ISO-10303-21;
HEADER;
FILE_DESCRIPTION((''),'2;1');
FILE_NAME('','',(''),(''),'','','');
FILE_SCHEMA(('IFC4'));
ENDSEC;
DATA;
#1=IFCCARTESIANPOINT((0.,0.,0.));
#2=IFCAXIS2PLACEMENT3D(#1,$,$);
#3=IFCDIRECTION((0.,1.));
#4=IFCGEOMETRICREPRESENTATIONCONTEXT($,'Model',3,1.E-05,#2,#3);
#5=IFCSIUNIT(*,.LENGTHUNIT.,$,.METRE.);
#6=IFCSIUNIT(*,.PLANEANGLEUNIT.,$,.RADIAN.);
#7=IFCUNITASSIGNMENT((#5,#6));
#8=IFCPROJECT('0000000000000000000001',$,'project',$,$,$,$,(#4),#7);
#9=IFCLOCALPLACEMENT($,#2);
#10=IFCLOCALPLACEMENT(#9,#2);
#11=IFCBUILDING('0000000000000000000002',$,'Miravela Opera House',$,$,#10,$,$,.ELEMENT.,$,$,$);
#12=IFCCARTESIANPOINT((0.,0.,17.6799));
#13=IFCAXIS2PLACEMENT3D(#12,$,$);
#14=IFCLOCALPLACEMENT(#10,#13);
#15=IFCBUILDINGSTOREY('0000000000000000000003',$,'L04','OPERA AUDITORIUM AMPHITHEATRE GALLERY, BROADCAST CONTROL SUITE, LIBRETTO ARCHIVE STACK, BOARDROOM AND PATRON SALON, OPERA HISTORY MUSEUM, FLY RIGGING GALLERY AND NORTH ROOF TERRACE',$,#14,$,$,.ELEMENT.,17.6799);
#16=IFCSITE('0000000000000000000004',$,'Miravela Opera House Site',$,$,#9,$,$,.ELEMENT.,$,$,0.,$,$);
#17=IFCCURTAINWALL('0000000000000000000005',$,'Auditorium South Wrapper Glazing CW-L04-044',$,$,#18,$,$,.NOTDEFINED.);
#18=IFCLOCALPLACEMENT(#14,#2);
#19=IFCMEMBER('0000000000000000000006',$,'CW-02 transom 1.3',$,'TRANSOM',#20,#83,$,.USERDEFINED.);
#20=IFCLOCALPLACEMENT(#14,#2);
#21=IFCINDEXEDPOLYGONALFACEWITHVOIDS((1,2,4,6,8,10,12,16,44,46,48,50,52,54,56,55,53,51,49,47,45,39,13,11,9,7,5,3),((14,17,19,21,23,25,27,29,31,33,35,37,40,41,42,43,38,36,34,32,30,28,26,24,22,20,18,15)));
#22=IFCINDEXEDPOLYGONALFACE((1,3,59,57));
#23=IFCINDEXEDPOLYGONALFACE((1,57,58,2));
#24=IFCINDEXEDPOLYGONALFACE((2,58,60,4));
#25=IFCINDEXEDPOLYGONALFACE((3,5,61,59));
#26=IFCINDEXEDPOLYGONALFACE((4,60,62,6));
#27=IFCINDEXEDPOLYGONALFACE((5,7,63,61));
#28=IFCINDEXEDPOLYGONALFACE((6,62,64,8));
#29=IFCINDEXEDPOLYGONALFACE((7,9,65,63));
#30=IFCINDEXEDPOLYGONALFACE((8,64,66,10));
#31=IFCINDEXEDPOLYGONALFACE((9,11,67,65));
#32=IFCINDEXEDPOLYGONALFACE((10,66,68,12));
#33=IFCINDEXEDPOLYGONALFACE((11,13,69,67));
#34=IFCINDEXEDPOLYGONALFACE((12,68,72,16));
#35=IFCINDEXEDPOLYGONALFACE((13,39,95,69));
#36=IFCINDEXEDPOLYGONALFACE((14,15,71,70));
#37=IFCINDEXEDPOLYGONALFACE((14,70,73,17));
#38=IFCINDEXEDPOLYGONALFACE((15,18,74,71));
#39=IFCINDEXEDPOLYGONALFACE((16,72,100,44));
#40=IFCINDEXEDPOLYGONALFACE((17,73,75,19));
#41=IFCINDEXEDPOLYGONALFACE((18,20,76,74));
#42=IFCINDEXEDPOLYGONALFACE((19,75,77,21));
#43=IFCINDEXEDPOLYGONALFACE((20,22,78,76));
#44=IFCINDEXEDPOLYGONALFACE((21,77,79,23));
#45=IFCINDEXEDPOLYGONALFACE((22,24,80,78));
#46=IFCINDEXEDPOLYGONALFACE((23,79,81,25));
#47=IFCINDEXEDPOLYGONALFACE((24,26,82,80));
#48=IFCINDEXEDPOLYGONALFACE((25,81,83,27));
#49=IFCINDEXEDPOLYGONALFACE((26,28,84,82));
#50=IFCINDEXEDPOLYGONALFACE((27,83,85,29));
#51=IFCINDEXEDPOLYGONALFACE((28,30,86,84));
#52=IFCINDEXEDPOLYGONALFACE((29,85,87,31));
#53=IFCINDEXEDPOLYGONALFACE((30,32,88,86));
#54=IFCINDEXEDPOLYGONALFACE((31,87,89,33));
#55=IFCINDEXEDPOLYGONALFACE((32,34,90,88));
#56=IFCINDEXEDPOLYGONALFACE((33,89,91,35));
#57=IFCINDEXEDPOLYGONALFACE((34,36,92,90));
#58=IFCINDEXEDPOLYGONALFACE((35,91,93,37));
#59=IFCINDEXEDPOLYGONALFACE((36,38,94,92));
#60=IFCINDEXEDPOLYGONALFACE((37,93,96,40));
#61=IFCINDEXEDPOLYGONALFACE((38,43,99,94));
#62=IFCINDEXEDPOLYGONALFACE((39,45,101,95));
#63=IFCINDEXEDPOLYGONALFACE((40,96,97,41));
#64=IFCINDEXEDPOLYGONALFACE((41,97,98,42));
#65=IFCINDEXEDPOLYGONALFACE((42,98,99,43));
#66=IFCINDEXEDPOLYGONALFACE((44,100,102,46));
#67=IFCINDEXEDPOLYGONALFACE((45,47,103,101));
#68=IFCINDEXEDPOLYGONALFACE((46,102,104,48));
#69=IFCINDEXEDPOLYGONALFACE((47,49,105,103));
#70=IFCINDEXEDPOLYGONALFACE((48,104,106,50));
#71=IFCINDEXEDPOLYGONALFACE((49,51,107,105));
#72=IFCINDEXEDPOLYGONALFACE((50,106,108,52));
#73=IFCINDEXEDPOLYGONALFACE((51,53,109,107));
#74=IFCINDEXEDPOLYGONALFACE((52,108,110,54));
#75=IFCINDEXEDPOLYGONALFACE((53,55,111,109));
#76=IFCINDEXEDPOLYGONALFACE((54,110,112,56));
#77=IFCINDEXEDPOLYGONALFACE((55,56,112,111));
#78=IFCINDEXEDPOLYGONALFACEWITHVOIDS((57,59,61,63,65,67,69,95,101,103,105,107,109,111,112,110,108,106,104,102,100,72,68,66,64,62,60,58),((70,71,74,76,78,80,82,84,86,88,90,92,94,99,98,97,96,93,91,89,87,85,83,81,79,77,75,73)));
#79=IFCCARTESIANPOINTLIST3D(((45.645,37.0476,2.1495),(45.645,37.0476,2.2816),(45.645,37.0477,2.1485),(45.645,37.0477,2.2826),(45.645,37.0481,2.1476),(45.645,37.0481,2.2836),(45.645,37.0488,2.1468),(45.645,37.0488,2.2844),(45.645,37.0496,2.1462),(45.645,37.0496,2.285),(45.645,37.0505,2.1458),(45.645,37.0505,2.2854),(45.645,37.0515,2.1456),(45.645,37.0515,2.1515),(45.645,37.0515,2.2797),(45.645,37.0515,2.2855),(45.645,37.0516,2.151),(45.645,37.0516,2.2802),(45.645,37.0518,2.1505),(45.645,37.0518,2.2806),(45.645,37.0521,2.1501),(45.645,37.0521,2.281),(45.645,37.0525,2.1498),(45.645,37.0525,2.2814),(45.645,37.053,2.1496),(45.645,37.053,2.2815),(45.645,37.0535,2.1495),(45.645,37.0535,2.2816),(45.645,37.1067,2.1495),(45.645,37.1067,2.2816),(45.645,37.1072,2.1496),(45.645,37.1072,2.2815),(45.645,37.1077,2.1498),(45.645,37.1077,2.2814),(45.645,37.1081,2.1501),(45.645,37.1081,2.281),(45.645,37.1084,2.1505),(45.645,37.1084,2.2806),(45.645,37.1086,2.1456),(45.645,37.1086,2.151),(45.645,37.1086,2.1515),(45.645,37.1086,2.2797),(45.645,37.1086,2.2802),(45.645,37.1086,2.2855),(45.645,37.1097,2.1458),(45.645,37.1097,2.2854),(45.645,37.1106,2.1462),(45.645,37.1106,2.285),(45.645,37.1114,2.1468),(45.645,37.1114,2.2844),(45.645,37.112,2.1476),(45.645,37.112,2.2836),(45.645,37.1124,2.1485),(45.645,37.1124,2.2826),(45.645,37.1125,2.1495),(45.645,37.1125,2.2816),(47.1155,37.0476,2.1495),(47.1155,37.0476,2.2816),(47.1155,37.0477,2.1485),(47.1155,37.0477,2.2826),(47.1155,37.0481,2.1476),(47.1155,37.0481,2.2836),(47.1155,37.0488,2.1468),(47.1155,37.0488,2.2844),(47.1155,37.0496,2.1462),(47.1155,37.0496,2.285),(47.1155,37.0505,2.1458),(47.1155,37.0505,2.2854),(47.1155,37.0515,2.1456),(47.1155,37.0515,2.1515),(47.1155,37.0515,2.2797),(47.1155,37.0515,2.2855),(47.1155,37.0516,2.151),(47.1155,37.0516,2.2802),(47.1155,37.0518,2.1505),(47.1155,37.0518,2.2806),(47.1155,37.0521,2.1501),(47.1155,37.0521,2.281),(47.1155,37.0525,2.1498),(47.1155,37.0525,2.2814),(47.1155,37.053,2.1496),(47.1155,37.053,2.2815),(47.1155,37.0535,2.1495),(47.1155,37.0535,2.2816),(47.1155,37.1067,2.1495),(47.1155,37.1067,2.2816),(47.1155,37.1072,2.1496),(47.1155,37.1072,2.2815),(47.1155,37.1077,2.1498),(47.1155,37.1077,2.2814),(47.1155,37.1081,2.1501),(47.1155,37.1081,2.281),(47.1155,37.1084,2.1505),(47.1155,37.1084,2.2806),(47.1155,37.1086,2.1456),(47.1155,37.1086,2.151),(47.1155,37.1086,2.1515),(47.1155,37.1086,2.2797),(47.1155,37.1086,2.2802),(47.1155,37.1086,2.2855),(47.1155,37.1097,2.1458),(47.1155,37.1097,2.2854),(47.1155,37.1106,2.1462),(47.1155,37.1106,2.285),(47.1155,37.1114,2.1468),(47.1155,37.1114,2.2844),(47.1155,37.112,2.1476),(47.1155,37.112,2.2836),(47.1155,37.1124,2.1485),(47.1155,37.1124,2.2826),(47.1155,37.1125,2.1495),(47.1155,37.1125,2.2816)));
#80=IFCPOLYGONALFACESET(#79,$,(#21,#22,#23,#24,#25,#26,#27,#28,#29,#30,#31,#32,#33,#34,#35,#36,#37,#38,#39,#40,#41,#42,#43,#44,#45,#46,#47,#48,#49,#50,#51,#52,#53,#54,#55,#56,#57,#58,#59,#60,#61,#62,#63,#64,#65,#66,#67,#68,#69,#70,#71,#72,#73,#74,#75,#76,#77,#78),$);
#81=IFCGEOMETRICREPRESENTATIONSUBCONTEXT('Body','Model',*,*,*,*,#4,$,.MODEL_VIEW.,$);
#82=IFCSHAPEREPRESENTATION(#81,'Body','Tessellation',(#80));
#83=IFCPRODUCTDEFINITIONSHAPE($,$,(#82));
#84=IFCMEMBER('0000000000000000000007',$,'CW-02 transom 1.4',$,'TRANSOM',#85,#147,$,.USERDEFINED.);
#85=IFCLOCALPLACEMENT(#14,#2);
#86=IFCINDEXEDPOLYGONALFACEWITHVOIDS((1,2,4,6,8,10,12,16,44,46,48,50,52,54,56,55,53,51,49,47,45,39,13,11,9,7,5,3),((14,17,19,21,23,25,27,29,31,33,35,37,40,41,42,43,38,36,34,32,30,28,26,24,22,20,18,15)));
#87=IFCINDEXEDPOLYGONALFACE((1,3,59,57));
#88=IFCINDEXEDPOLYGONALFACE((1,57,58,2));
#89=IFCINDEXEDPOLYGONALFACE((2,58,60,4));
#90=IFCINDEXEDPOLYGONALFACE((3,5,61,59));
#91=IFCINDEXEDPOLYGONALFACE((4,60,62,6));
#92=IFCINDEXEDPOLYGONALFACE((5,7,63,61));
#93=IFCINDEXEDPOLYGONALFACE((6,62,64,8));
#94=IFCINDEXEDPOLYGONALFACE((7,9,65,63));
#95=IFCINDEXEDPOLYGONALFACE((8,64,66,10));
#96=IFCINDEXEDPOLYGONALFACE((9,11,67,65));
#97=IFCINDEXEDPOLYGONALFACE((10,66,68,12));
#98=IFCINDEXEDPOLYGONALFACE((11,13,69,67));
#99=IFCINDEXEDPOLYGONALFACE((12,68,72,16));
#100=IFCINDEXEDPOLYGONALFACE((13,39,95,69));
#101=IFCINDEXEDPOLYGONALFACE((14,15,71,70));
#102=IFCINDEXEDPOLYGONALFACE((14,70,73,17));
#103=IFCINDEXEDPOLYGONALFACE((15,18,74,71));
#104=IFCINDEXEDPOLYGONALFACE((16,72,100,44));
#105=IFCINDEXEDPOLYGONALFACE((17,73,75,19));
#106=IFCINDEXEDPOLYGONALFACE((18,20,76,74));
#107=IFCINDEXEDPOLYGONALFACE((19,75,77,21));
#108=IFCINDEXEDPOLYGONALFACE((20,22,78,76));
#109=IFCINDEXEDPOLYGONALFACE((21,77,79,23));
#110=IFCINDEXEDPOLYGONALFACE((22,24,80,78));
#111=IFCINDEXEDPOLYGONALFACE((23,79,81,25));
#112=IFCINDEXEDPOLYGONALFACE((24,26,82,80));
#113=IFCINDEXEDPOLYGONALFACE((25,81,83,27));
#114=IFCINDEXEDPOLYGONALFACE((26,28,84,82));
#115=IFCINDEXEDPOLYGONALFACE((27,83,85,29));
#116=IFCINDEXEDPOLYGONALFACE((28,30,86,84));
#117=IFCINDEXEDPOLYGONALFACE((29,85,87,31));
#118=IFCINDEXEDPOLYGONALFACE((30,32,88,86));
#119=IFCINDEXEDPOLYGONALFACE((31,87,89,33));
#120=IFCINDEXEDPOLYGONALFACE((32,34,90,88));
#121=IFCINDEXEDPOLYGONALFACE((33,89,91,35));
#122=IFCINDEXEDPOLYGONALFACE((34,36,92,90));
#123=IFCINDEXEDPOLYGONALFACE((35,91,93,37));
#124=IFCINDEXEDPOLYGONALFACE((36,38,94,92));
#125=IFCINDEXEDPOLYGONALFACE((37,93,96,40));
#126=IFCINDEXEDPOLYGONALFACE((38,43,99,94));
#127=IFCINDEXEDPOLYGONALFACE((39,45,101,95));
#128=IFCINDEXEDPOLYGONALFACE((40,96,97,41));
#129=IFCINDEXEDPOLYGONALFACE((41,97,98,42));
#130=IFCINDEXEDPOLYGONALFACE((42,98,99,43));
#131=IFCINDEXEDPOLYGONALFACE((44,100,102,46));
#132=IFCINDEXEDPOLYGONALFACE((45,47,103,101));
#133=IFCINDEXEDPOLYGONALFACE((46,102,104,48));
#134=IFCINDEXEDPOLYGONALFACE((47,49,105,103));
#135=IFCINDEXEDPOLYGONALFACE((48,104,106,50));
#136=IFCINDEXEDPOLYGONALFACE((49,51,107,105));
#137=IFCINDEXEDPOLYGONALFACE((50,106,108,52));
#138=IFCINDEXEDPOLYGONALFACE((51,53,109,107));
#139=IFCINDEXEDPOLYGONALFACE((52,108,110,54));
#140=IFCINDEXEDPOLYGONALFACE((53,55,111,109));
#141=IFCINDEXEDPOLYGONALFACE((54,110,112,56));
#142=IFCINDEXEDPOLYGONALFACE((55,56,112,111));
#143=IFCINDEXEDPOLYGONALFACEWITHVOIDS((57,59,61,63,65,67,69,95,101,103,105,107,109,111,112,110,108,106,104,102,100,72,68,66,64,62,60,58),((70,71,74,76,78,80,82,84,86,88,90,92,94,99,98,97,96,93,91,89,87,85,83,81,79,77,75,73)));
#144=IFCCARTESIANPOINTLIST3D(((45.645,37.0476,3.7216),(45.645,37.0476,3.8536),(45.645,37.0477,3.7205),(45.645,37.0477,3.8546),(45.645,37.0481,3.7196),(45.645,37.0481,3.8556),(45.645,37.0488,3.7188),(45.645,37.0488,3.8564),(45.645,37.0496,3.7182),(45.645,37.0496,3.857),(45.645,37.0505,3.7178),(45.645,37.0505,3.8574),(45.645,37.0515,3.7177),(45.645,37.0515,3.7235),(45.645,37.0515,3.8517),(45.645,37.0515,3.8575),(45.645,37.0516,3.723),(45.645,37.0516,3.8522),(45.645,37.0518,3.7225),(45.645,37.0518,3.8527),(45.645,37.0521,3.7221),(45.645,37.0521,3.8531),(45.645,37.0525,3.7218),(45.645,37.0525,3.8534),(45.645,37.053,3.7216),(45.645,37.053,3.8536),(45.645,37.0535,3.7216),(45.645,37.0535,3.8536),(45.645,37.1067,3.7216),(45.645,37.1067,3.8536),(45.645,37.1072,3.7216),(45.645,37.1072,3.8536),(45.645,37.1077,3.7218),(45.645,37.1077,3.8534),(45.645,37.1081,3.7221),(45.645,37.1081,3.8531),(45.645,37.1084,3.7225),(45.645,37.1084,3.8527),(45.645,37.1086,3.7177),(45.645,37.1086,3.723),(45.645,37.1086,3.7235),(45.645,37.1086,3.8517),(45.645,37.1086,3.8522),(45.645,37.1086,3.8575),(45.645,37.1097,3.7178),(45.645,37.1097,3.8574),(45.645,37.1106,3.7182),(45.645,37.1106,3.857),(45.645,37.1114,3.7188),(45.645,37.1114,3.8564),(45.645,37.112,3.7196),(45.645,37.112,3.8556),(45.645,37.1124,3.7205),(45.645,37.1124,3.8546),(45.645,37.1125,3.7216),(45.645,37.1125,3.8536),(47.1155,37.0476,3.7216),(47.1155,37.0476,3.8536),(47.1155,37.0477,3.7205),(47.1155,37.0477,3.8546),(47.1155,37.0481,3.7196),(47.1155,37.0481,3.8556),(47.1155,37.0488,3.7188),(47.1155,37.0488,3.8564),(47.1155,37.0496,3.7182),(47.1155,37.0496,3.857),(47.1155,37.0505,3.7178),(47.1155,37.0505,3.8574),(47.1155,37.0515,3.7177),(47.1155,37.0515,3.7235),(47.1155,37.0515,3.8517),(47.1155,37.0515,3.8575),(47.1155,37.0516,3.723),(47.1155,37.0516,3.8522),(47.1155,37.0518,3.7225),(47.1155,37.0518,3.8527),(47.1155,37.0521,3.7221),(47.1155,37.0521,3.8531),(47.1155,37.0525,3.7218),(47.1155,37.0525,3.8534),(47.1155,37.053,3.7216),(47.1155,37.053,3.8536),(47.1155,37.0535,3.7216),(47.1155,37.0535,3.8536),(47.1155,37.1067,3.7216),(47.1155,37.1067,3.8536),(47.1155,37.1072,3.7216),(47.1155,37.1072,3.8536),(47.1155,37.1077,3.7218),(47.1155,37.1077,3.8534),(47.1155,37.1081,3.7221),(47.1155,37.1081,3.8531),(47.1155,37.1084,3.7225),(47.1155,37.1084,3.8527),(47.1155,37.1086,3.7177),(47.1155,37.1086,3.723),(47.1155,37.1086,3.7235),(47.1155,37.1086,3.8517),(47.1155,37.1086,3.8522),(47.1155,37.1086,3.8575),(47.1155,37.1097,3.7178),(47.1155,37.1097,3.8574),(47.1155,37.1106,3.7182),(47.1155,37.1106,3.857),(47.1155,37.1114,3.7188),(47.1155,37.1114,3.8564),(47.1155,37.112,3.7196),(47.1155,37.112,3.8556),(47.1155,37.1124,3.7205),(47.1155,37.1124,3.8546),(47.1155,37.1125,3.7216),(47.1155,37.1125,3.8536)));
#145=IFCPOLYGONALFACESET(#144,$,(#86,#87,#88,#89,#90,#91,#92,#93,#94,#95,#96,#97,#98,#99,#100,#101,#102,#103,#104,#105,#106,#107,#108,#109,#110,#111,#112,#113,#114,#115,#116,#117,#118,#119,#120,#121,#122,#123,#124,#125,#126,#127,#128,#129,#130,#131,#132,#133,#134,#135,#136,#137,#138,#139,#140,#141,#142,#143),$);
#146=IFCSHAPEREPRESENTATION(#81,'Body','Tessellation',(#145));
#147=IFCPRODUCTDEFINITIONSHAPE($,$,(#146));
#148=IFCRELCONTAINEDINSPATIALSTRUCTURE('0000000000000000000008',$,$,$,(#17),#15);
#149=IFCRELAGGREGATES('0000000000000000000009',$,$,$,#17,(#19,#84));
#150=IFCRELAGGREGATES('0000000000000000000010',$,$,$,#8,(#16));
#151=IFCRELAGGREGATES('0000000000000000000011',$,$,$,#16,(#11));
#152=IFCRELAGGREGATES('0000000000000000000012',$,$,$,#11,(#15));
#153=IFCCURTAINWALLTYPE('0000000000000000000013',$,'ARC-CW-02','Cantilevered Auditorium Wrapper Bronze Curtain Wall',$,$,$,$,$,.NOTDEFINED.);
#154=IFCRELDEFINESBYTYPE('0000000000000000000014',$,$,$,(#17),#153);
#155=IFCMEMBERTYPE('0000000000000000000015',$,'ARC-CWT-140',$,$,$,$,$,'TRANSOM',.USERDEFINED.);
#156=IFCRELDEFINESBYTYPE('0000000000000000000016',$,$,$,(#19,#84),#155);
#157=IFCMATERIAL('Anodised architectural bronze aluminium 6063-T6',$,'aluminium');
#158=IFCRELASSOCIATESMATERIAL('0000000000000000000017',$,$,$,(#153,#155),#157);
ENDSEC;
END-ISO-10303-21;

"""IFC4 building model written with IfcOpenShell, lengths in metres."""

from ifc_helpers import new_model, si_unit, direction, frame, origin, origin_2d, place, context, subcontext, project, spatial, hollow_rectangle, extrude, material, material_profile, profile_set, type_object, element, aggregate, save


model = new_model("IFC4")

# Units and contexts
model_context = context("Model", 3, precision=1e-05, world=origin(), true_north=direction((0.0, 1.0)))
body_context = subcontext(model_context, "Body", "Model", "MODEL_VIEW")
ifc_project = project(units=[si_unit("LENGTHUNIT", "METRE"), si_unit("PLANEANGLEUNIT", "RADIAN")], contexts=[model_context])

# Site, building, storey
site_placement = place(None, origin())
site = spatial("IfcSite", under=ifc_project, at=site_placement, Name="Miravela Opera House Site", CompositionType="ELEMENT", RefElevation=0.0)
building_placement = place(site_placement, origin())
building = spatial("IfcBuilding", under=site, at=building_placement, Name="Miravela Opera House", CompositionType="ELEMENT")
storey_placement = place(building_placement, frame((0.0, 0.0, 17.6799)))
storey = spatial("IfcBuildingStorey", under=building, at=storey_placement, Name="L04", Description="OPERA AUDITORIUM AMPHITHEATRE GALLERY, BROADCAST CONTROL SUITE, LIBRETTO ARCHIVE STACK, BOARDROOM AND PATRON SALON, OPERA HISTORY MUSEUM, FLY RIGGING GALLERY AND NORTH ROOF TERRACE", CompositionType="ELEMENT", Elevation=17.6799)

# Curtain wall
ifc_material_1 = material(Name="Anodised architectural bronze aluminium 6063-T6", Category="aluminium")
curtain_wall_type = type_object("IfcCurtainWallType", Name="ARC-CW-02", Description="Cantilevered Auditorium Wrapper Bronze Curtain Wall", PredefinedType="NOTDEFINED", material=ifc_material_1)
curtain_wall_1_placement = place(storey_placement, origin())
curtain_wall_1 = element("IfcCurtainWall", 1, at=curtain_wall_1_placement, inside=storey, type_object=curtain_wall_type, Name="Auditorium South Wrapper Glazing CW-L04-044", PredefinedType="NOTDEFINED")

# Members
ifc_material_profile_1 = material_profile(ifc_material_1, hollow_rectangle(XDim=0.0649, YDim=0.1399, WallThickness=0.0039, InnerFilletRadius=0.002, OuterFilletRadius=0.0039, at=origin_2d()), Name="CWT-65X140")
ifc_profile_set_1 = profile_set([ifc_material_profile_1])
member_type_1 = type_object("IfcMemberType", Name="ARC-CWT-140", ElementType="TRANSOM", PredefinedType="USERDEFINED", material=ifc_profile_set_1)
member_1_placement = place(storey_placement, frame((45.645, 37.0801, 2.2156), z_axis=(1.0, 0.0, 0.0), x_axis=(0.0, 1.0, 0.0)))
member_1 = element("IfcMember", 2, at=member_1_placement, type_object=member_type_1, Name="CW-02 transom 1.3", ObjectType="TRANSOM", PredefinedType="USERDEFINED", context=body_context, shape_type="SweptSolid", body=[
    extrude(hollow_rectangle(XDim=0.0649, YDim=0.1399, WallThickness=0.0039, InnerFilletRadius=0.002, OuterFilletRadius=0.0039, at=origin_2d()), origin(), (0.0, 0.0, 1.0), 1.4705),
])
member_2_placement = place(storey_placement, frame((45.645, 37.0801, 3.7876), z_axis=(1.0, 0.0, 0.0), x_axis=(0.0, 1.0, 0.0)))
member_2 = element("IfcMember", 3, at=member_2_placement, type_object=member_type_1, Name="CW-02 transom 1.4", ObjectType="TRANSOM", PredefinedType="USERDEFINED", context=body_context, shape_type="SweptSolid", body=[
    extrude(hollow_rectangle(XDim=0.0649, YDim=0.1399, WallThickness=0.0039, InnerFilletRadius=0.002, OuterFilletRadius=0.0039, at=origin_2d()), origin(), (0.0, 0.0, 1.0), 1.4705),
])

aggregate(curtain_wall_1, [member_1, member_2])

save(model, "model.ifc")
